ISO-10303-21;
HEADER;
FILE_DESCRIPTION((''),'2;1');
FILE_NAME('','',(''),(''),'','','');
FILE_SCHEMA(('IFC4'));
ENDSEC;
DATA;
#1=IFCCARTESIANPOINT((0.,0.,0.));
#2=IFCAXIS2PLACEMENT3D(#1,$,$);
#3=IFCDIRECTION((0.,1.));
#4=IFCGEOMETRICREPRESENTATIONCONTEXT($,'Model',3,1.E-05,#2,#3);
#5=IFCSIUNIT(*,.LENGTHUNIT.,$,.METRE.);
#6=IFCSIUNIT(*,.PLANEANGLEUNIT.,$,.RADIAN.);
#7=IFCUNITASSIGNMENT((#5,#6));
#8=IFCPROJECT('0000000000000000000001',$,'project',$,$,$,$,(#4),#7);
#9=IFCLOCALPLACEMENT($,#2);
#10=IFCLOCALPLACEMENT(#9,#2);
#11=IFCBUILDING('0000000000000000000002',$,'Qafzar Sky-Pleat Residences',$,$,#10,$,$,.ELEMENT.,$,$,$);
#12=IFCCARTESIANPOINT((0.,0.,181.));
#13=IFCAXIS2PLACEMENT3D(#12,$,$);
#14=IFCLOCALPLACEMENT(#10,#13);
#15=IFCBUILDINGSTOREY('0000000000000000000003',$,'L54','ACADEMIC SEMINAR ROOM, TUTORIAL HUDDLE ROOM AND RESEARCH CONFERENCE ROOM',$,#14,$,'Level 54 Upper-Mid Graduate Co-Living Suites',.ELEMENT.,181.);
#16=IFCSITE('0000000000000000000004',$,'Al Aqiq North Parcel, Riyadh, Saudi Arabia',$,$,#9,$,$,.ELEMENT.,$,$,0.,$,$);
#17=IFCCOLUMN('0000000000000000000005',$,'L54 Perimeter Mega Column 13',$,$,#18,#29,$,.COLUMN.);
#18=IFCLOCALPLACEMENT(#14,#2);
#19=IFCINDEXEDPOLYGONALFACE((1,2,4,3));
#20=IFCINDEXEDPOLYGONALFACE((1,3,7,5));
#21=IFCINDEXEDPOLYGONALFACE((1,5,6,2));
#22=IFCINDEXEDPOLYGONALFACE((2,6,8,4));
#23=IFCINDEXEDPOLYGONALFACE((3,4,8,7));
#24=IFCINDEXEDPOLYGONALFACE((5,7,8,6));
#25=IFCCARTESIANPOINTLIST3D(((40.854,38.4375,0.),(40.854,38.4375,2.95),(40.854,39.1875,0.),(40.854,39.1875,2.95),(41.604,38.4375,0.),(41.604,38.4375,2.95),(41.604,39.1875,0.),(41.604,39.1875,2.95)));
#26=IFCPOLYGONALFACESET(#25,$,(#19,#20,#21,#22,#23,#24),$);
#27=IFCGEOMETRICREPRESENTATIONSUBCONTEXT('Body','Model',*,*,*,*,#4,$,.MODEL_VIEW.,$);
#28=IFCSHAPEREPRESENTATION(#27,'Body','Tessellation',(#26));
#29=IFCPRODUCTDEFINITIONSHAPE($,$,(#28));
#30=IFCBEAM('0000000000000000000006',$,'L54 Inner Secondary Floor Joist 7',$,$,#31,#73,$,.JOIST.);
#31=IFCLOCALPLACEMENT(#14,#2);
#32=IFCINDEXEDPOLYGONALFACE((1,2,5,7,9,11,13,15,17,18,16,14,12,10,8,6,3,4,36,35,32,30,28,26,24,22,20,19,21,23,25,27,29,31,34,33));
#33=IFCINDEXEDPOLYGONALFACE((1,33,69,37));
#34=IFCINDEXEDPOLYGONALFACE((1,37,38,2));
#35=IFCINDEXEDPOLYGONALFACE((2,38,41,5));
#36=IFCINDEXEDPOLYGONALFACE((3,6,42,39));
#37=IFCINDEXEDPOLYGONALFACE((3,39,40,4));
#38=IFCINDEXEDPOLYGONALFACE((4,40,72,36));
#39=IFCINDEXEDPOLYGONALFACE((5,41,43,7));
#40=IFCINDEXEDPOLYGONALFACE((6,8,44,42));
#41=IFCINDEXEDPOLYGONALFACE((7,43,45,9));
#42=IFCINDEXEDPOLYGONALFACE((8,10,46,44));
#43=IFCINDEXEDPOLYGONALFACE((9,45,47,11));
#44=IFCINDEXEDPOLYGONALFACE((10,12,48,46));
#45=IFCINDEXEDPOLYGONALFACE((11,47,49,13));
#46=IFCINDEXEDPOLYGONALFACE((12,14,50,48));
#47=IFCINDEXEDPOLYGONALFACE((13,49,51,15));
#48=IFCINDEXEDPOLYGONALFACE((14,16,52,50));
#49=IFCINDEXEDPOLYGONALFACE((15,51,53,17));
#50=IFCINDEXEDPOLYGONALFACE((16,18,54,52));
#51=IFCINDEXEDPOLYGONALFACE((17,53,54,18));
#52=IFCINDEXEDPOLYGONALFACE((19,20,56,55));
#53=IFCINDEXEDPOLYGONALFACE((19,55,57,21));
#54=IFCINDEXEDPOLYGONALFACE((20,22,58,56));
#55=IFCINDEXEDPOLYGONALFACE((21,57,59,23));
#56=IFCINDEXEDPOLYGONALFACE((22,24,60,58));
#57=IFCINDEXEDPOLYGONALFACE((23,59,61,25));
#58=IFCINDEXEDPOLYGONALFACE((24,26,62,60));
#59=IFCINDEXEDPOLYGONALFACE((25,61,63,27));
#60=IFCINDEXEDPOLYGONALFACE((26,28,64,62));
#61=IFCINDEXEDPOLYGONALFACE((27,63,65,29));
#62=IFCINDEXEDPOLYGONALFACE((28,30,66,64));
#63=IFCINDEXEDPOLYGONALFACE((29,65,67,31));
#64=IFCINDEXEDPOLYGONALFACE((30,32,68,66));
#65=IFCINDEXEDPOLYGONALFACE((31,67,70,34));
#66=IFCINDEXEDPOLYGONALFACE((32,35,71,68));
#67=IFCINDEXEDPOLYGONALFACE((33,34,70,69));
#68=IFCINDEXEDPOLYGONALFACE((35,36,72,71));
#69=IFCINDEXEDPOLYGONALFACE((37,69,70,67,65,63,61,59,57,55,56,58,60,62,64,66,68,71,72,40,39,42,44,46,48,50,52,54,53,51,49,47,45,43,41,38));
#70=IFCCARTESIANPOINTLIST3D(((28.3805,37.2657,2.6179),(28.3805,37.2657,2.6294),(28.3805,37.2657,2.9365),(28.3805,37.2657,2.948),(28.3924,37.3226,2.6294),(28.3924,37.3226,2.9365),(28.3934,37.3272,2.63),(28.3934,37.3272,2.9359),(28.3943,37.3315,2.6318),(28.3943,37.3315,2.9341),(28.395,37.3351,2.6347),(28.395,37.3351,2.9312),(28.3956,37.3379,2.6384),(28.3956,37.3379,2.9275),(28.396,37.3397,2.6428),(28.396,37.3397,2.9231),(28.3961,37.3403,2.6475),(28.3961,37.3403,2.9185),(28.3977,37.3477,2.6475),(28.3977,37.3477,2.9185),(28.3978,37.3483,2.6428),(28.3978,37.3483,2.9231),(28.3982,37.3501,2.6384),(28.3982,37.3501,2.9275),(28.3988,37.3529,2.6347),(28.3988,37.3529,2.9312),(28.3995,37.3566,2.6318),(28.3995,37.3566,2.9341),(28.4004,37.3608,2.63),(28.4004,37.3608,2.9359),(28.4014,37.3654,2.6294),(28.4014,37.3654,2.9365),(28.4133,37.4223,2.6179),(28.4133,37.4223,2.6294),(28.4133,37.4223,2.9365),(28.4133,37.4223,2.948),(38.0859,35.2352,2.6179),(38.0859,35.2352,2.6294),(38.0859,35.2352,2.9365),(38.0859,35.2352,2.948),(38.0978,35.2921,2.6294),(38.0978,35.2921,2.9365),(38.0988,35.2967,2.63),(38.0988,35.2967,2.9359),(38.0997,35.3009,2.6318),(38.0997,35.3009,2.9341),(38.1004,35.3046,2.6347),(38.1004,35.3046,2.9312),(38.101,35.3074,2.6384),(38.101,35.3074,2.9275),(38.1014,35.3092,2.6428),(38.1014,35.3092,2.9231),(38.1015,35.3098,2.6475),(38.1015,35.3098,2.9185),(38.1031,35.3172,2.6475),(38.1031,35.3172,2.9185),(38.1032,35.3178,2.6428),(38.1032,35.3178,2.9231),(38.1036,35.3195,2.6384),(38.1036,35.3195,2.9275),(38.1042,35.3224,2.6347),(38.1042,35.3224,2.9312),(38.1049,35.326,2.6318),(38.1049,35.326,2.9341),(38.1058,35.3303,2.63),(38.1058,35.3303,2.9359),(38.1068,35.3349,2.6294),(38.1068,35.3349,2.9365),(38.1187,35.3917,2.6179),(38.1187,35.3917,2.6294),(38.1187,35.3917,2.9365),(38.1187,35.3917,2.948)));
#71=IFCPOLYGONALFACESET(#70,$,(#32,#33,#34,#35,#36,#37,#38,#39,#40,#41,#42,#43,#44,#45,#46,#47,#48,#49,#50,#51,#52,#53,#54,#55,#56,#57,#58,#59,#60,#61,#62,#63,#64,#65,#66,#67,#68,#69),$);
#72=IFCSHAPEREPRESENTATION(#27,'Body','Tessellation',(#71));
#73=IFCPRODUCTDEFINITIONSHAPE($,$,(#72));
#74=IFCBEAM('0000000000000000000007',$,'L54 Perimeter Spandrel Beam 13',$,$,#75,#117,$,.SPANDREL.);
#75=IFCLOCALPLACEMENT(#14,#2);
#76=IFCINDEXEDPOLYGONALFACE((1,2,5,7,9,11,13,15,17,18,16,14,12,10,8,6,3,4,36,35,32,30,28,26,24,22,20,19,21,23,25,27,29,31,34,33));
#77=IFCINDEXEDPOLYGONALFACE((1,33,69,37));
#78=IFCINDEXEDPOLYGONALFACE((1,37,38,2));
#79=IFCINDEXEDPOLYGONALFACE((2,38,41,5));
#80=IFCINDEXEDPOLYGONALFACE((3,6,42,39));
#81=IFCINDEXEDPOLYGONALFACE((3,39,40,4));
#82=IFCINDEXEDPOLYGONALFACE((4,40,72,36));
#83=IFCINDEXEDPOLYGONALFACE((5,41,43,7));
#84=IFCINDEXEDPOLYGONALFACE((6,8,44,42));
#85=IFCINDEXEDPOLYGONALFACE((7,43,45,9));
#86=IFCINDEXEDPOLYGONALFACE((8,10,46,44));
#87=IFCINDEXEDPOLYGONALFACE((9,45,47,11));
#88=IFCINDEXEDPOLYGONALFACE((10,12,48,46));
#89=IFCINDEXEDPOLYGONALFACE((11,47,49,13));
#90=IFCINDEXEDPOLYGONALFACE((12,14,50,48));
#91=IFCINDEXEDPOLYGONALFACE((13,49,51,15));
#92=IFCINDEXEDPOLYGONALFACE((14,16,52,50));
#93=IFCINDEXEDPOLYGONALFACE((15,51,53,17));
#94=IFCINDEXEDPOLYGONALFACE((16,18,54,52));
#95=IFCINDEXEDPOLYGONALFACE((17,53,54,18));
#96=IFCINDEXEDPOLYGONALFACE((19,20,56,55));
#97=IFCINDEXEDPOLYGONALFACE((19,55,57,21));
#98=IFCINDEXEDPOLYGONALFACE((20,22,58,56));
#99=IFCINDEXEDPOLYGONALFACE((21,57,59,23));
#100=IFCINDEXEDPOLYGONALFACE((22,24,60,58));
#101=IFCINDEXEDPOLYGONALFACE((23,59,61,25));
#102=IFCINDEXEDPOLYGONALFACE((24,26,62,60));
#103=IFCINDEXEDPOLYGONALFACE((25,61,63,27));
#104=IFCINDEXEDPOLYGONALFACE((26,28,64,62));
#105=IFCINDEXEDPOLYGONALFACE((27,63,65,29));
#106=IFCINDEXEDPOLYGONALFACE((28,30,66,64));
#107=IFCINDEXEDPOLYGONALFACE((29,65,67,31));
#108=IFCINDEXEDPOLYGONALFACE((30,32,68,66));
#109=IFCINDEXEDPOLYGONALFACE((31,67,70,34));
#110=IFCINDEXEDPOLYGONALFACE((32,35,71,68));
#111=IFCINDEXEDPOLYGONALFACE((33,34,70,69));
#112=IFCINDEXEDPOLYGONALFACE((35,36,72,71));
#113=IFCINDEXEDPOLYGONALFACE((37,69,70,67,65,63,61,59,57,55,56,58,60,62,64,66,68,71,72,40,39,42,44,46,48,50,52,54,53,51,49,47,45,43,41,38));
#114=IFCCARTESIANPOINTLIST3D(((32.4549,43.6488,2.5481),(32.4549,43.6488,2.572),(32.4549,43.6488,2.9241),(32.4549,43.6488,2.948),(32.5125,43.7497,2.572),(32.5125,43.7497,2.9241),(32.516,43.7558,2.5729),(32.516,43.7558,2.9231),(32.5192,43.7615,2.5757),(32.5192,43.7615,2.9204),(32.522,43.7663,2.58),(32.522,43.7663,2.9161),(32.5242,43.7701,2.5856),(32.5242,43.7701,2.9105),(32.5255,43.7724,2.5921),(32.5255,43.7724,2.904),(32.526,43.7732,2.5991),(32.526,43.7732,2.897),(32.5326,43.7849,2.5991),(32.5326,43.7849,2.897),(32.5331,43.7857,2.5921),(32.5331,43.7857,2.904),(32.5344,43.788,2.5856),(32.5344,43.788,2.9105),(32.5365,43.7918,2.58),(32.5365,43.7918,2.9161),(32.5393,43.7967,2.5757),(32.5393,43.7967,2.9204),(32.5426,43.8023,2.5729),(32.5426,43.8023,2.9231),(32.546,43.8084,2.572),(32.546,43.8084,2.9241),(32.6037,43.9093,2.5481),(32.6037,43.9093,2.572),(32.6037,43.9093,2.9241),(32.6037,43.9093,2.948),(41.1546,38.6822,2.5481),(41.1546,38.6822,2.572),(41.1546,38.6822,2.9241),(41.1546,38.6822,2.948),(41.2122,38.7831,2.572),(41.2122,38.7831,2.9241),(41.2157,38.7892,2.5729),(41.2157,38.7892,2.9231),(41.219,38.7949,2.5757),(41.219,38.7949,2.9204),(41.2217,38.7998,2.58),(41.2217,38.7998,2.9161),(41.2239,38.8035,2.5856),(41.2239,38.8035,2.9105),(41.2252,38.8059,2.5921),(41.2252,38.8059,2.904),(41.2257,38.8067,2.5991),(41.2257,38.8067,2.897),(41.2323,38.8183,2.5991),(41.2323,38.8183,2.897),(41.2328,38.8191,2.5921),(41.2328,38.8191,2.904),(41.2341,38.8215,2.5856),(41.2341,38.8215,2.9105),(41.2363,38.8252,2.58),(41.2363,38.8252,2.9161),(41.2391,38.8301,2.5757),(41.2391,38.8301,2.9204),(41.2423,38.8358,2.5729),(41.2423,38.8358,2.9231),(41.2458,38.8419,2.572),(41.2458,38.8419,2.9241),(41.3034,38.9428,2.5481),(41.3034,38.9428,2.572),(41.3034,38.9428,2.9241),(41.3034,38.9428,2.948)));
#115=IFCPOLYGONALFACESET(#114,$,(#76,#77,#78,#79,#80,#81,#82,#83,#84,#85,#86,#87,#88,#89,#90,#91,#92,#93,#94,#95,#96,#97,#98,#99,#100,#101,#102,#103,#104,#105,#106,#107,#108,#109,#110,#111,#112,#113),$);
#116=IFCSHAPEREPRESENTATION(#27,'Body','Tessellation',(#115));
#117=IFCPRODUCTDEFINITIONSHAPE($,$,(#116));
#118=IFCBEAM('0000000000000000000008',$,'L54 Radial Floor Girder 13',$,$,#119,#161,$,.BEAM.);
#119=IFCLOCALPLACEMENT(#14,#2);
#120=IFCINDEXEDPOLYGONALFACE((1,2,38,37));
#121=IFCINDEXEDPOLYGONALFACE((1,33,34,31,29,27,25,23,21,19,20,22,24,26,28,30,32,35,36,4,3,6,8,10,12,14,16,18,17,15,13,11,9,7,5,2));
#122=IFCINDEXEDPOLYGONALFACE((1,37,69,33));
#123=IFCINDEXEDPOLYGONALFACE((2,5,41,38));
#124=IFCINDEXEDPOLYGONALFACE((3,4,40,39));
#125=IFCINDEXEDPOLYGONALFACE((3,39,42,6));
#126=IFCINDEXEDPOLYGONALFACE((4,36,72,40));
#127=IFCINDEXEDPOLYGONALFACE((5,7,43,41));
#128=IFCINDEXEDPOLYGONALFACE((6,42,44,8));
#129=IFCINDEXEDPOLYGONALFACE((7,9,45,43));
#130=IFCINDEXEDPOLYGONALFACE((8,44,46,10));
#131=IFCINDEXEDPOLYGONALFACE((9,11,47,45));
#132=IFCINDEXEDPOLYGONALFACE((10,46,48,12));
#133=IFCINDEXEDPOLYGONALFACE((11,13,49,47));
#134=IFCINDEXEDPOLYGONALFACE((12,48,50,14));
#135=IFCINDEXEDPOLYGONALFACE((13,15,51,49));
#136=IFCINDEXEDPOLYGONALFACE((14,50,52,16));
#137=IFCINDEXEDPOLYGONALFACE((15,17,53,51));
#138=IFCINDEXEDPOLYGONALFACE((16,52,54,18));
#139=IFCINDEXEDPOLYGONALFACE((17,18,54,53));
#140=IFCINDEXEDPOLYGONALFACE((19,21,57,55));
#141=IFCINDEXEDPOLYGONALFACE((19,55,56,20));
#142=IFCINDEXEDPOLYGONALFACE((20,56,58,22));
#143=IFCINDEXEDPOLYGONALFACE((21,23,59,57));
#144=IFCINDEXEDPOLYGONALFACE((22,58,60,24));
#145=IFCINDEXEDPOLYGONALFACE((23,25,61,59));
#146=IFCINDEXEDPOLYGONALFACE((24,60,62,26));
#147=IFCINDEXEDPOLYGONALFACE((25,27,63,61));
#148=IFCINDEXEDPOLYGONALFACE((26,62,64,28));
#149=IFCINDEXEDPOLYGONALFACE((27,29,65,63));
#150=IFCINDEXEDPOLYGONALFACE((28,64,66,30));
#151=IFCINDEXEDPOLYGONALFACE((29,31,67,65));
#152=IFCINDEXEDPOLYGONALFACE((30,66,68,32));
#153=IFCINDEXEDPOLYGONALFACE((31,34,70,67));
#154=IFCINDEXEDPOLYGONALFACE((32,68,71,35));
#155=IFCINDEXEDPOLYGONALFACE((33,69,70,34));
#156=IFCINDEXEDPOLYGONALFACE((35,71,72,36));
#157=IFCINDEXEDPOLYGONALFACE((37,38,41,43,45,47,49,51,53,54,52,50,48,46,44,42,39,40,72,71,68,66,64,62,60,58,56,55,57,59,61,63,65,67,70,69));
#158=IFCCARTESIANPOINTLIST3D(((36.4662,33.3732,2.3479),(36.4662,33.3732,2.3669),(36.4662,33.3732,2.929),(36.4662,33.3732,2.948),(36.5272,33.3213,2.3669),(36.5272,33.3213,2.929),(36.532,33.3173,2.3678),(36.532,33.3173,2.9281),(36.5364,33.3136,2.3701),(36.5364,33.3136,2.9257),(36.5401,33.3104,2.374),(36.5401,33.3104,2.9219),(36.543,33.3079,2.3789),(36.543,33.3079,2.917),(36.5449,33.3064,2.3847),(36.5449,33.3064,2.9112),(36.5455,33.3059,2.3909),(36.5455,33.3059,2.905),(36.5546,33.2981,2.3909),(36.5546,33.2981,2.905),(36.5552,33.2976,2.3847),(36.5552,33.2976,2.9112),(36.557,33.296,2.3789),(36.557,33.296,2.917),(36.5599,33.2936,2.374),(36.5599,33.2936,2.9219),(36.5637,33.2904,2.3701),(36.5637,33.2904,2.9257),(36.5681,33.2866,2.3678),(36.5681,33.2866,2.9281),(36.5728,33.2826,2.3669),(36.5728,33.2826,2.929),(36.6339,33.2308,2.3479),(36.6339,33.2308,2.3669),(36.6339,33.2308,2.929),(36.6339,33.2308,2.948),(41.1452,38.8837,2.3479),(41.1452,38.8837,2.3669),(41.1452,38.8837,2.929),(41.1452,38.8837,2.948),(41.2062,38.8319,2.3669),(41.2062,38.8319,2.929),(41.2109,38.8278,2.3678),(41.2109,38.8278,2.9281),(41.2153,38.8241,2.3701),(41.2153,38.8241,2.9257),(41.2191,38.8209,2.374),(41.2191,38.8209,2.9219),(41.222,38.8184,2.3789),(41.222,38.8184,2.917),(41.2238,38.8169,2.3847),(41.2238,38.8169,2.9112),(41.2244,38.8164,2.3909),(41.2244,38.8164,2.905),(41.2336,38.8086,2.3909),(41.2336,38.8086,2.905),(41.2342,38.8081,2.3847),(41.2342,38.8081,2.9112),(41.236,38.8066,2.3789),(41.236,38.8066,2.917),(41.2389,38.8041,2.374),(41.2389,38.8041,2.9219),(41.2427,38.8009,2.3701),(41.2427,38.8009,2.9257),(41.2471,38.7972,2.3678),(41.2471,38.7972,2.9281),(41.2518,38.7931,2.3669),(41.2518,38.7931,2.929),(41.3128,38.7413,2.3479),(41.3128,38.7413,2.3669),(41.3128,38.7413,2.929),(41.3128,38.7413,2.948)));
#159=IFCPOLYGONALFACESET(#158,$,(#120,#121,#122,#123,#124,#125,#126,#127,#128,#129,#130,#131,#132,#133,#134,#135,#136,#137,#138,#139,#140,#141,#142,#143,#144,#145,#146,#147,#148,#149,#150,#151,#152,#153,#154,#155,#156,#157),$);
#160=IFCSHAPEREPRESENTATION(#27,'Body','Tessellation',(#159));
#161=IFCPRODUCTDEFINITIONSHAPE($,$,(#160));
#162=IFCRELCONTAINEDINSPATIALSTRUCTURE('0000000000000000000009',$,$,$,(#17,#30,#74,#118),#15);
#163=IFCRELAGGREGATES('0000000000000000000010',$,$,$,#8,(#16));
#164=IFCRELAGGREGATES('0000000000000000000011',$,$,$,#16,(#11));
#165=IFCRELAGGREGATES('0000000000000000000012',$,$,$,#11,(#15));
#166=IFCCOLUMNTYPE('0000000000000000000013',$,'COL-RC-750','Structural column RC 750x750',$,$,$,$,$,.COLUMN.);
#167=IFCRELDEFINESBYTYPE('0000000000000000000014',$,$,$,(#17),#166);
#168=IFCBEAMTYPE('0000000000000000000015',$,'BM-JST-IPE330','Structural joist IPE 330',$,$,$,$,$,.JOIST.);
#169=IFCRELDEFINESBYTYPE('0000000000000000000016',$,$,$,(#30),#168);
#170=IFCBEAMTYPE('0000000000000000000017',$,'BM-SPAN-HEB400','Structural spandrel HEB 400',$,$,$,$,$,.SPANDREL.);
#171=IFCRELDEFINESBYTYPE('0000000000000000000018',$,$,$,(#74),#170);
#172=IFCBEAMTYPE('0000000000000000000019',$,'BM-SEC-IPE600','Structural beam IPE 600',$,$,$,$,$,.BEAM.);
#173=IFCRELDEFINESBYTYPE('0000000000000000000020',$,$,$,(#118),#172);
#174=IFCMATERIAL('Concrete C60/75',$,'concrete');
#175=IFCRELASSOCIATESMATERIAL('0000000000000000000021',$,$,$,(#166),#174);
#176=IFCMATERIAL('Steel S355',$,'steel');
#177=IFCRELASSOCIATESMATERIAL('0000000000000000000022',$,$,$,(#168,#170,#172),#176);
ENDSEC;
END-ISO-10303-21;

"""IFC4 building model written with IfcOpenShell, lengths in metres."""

from ifc_helpers import new_model, si_unit, direction, frame, origin, origin_2d, place, context, subcontext, project, spatial, rectangle, i_section, extrude, source, transform, mapped, material, material_profile, profile_set, type_object, element, save


model = new_model("IFC4")

# Units and contexts
model_context = context("Model", 3, precision=1e-05, world=origin(), true_north=direction((0.0, 1.0)))
body_context = subcontext(model_context, "Body", "Model", "MODEL_VIEW")
ifc_project = project(units=[si_unit("LENGTHUNIT", "METRE"), si_unit("PLANEANGLEUNIT", "RADIAN")], contexts=[model_context])

# Site, building, storey
site_placement = place(None, origin())
site = spatial("IfcSite", under=ifc_project, at=site_placement, Name="Al Aqiq North Parcel, Riyadh, Saudi Arabia", CompositionType="ELEMENT", RefElevation=0.0)
building_placement = place(site_placement, origin())
building = spatial("IfcBuilding", under=site, at=building_placement, Name="Qafzar Sky-Pleat Residences", CompositionType="ELEMENT")
storey_placement = place(building_placement, frame((0.0, 0.0, 181.0)))
storey = spatial("IfcBuildingStorey", under=building, at=storey_placement, Name="L54", Description="ACADEMIC SEMINAR ROOM, TUTORIAL HUDDLE ROOM AND RESEARCH CONFERENCE ROOM", LongName="Level 54 Upper-Mid Graduate Co-Living Suites", CompositionType="ELEMENT", Elevation=181.0)

# Column
ifc_material_1 = material(Name="Concrete C60/75", Category="concrete")
ifc_material_profile_1 = material_profile(ifc_material_1, rectangle(XDim=0.75, YDim=0.75, at=origin_2d()), Name="RC 750x750")
ifc_profile_set_1 = profile_set([ifc_material_profile_1], Name="Concrete C60/75")
column_type = type_object("IfcColumnType", Name="COL-RC-750", Description="Structural column RC 750x750", PredefinedType="COLUMN", material=ifc_profile_set_1)
shared_shape_1 = source(origin(), body_context, "Body", "SweptSolid", [
    extrude(rectangle(XDim=0.75, YDim=0.75, at=origin_2d()), origin(), (0.0, 0.0, 1.0), 2.95),
])
column_placement = place(storey_placement, frame((41.229, 38.8125, 0.0), z_axis=(0.0, 0.0, 1.0), x_axis=(1.0, 0.0, 0.0)))
element("IfcColumn", 1, at=column_placement, inside=storey, type_object=column_type, Name="L54 Perimeter Mega Column 13", PredefinedType="COLUMN", context=body_context, shape_type="MappedRepresentation", body=[
    mapped(shared_shape_1, transform((0.0, 0.0, 0.0), x_axis=(1.0, 0.0, 0.0), y_axis=(0.0, 1.0, 0.0), z_axis=(0.0, 0.0, 1.0), scale=1.0)),
])

# Beams
ifc_material_2 = material(Name="Steel S355", Category="steel")
ifc_material_profile_2 = material_profile(ifc_material_2, i_section(OverallWidth=0.1599, OverallDepth=0.3301, WebThickness=0.0076, FlangeThickness=0.0115, FilletRadius=0.0181, at=origin_2d()), Name="IPE 330")
ifc_profile_set_2 = profile_set([ifc_material_profile_2], Name="Steel S355")
beam_type_1 = type_object("IfcBeamType", Name="BM-JST-IPE330", Description="Structural joist IPE 330", PredefinedType="JOIST", material=ifc_profile_set_2)
shared_shape_2 = source(origin(), body_context, "Body", "SweptSolid", [
    extrude(i_section(OverallWidth=0.1599, OverallDepth=0.3301, WebThickness=0.0076, FlangeThickness=0.0115, FilletRadius=0.0181, at=origin_2d()), origin(), (0.0, 0.0, 1.0), 9.9155),
])
beam_1_placement = place(storey_placement, frame((38.1023, 35.3135, 2.783), z_axis=(-0.978807, 0.204783, 0.0), x_axis=(-0.204783, -0.978807, 0.0)))
element("IfcBeam", 2, at=beam_1_placement, inside=storey, type_object=beam_type_1, Name="L54 Inner Secondary Floor Joist 7", PredefinedType="JOIST", context=body_context, shape_type="MappedRepresentation", body=[
    mapped(shared_shape_2, transform((0.0, 0.0, 0.0), x_axis=(1.0, 0.0, 0.0), y_axis=(0.0, 1.0, 0.0), z_axis=(0.0, 0.0, 1.0), scale=1.0)),
])
ifc_material_profile_3 = material_profile(ifc_material_2, i_section(OverallWidth=0.3, OverallDepth=0.3999, WebThickness=0.0134, FlangeThickness=0.0239, FilletRadius=0.0271, at=origin_2d()), Name="HEB 400")
ifc_profile_set_3 = profile_set([ifc_material_profile_3], Name="Steel S355")
beam_type_2 = type_object("IfcBeamType", Name="BM-SPAN-HEB400", Description="Structural spandrel HEB 400", PredefinedType="SPANDREL", material=ifc_profile_set_3)
shared_shape_3 = source(origin(), body_context, "Body", "SweptSolid", [
    extrude(i_section(OverallWidth=0.3, OverallDepth=0.3999, WebThickness=0.0134, FlangeThickness=0.0239, FilletRadius=0.0271, at=origin_2d()), origin(), (0.0, 0.0, 1.0), 10.0176),
])
beam_2_placement = place(storey_placement, frame((41.229, 38.8125, 2.748), z_axis=(-0.868446, 0.495785, 0.0), x_axis=(-0.495785, -0.868446, 0.0)))
element("IfcBeam", 3, at=beam_2_placement, inside=storey, type_object=beam_type_2, Name="L54 Perimeter Spandrel Beam 13", PredefinedType="SPANDREL", context=body_context, shape_type="MappedRepresentation", body=[
    mapped(shared_shape_3, transform((0.0, 0.0, 0.0), x_axis=(1.0, 0.0, 0.0), y_axis=(0.0, 1.0, 0.0), z_axis=(0.0, 0.0, 1.0), scale=1.0)),
])
ifc_material_profile_4 = material_profile(ifc_material_2, i_section(OverallWidth=0.22, OverallDepth=0.6001, WebThickness=0.012, FlangeThickness=0.019, FilletRadius=0.0239, at=origin_2d()), Name="IPE 600")
ifc_profile_set_4 = profile_set([ifc_material_profile_4], Name="Steel S355")
beam_type_3 = type_object("IfcBeamType", Name="BM-SEC-IPE600", Description="Structural beam IPE 600", PredefinedType="BEAM", material=ifc_profile_set_4)
shared_shape_4 = source(origin(), body_context, "Body", "SweptSolid", [
    extrude(i_section(OverallWidth=0.22, OverallDepth=0.6001, WebThickness=0.012, FlangeThickness=0.019, FilletRadius=0.0239, at=origin_2d()), origin(), (0.0, 0.0, 1.0), 7.229),
])
beam_3_placement = place(storey_placement, frame((41.229, 38.8125, 2.6479), z_axis=(-0.647249, -0.762278, 0.0), x_axis=(0.762278, -0.647249, 0.0)))
element("IfcBeam", 4, at=beam_3_placement, inside=storey, type_object=beam_type_3, Name="L54 Radial Floor Girder 13", PredefinedType="BEAM", context=body_context, shape_type="MappedRepresentation", body=[
    mapped(shared_shape_4, transform((0.0, 0.0, 0.0), x_axis=(1.0, 0.0, 0.0), y_axis=(0.0, 1.0, 0.0), z_axis=(0.0, 0.0, 1.0), scale=1.0)),
])

save(model, "model.ifc")
